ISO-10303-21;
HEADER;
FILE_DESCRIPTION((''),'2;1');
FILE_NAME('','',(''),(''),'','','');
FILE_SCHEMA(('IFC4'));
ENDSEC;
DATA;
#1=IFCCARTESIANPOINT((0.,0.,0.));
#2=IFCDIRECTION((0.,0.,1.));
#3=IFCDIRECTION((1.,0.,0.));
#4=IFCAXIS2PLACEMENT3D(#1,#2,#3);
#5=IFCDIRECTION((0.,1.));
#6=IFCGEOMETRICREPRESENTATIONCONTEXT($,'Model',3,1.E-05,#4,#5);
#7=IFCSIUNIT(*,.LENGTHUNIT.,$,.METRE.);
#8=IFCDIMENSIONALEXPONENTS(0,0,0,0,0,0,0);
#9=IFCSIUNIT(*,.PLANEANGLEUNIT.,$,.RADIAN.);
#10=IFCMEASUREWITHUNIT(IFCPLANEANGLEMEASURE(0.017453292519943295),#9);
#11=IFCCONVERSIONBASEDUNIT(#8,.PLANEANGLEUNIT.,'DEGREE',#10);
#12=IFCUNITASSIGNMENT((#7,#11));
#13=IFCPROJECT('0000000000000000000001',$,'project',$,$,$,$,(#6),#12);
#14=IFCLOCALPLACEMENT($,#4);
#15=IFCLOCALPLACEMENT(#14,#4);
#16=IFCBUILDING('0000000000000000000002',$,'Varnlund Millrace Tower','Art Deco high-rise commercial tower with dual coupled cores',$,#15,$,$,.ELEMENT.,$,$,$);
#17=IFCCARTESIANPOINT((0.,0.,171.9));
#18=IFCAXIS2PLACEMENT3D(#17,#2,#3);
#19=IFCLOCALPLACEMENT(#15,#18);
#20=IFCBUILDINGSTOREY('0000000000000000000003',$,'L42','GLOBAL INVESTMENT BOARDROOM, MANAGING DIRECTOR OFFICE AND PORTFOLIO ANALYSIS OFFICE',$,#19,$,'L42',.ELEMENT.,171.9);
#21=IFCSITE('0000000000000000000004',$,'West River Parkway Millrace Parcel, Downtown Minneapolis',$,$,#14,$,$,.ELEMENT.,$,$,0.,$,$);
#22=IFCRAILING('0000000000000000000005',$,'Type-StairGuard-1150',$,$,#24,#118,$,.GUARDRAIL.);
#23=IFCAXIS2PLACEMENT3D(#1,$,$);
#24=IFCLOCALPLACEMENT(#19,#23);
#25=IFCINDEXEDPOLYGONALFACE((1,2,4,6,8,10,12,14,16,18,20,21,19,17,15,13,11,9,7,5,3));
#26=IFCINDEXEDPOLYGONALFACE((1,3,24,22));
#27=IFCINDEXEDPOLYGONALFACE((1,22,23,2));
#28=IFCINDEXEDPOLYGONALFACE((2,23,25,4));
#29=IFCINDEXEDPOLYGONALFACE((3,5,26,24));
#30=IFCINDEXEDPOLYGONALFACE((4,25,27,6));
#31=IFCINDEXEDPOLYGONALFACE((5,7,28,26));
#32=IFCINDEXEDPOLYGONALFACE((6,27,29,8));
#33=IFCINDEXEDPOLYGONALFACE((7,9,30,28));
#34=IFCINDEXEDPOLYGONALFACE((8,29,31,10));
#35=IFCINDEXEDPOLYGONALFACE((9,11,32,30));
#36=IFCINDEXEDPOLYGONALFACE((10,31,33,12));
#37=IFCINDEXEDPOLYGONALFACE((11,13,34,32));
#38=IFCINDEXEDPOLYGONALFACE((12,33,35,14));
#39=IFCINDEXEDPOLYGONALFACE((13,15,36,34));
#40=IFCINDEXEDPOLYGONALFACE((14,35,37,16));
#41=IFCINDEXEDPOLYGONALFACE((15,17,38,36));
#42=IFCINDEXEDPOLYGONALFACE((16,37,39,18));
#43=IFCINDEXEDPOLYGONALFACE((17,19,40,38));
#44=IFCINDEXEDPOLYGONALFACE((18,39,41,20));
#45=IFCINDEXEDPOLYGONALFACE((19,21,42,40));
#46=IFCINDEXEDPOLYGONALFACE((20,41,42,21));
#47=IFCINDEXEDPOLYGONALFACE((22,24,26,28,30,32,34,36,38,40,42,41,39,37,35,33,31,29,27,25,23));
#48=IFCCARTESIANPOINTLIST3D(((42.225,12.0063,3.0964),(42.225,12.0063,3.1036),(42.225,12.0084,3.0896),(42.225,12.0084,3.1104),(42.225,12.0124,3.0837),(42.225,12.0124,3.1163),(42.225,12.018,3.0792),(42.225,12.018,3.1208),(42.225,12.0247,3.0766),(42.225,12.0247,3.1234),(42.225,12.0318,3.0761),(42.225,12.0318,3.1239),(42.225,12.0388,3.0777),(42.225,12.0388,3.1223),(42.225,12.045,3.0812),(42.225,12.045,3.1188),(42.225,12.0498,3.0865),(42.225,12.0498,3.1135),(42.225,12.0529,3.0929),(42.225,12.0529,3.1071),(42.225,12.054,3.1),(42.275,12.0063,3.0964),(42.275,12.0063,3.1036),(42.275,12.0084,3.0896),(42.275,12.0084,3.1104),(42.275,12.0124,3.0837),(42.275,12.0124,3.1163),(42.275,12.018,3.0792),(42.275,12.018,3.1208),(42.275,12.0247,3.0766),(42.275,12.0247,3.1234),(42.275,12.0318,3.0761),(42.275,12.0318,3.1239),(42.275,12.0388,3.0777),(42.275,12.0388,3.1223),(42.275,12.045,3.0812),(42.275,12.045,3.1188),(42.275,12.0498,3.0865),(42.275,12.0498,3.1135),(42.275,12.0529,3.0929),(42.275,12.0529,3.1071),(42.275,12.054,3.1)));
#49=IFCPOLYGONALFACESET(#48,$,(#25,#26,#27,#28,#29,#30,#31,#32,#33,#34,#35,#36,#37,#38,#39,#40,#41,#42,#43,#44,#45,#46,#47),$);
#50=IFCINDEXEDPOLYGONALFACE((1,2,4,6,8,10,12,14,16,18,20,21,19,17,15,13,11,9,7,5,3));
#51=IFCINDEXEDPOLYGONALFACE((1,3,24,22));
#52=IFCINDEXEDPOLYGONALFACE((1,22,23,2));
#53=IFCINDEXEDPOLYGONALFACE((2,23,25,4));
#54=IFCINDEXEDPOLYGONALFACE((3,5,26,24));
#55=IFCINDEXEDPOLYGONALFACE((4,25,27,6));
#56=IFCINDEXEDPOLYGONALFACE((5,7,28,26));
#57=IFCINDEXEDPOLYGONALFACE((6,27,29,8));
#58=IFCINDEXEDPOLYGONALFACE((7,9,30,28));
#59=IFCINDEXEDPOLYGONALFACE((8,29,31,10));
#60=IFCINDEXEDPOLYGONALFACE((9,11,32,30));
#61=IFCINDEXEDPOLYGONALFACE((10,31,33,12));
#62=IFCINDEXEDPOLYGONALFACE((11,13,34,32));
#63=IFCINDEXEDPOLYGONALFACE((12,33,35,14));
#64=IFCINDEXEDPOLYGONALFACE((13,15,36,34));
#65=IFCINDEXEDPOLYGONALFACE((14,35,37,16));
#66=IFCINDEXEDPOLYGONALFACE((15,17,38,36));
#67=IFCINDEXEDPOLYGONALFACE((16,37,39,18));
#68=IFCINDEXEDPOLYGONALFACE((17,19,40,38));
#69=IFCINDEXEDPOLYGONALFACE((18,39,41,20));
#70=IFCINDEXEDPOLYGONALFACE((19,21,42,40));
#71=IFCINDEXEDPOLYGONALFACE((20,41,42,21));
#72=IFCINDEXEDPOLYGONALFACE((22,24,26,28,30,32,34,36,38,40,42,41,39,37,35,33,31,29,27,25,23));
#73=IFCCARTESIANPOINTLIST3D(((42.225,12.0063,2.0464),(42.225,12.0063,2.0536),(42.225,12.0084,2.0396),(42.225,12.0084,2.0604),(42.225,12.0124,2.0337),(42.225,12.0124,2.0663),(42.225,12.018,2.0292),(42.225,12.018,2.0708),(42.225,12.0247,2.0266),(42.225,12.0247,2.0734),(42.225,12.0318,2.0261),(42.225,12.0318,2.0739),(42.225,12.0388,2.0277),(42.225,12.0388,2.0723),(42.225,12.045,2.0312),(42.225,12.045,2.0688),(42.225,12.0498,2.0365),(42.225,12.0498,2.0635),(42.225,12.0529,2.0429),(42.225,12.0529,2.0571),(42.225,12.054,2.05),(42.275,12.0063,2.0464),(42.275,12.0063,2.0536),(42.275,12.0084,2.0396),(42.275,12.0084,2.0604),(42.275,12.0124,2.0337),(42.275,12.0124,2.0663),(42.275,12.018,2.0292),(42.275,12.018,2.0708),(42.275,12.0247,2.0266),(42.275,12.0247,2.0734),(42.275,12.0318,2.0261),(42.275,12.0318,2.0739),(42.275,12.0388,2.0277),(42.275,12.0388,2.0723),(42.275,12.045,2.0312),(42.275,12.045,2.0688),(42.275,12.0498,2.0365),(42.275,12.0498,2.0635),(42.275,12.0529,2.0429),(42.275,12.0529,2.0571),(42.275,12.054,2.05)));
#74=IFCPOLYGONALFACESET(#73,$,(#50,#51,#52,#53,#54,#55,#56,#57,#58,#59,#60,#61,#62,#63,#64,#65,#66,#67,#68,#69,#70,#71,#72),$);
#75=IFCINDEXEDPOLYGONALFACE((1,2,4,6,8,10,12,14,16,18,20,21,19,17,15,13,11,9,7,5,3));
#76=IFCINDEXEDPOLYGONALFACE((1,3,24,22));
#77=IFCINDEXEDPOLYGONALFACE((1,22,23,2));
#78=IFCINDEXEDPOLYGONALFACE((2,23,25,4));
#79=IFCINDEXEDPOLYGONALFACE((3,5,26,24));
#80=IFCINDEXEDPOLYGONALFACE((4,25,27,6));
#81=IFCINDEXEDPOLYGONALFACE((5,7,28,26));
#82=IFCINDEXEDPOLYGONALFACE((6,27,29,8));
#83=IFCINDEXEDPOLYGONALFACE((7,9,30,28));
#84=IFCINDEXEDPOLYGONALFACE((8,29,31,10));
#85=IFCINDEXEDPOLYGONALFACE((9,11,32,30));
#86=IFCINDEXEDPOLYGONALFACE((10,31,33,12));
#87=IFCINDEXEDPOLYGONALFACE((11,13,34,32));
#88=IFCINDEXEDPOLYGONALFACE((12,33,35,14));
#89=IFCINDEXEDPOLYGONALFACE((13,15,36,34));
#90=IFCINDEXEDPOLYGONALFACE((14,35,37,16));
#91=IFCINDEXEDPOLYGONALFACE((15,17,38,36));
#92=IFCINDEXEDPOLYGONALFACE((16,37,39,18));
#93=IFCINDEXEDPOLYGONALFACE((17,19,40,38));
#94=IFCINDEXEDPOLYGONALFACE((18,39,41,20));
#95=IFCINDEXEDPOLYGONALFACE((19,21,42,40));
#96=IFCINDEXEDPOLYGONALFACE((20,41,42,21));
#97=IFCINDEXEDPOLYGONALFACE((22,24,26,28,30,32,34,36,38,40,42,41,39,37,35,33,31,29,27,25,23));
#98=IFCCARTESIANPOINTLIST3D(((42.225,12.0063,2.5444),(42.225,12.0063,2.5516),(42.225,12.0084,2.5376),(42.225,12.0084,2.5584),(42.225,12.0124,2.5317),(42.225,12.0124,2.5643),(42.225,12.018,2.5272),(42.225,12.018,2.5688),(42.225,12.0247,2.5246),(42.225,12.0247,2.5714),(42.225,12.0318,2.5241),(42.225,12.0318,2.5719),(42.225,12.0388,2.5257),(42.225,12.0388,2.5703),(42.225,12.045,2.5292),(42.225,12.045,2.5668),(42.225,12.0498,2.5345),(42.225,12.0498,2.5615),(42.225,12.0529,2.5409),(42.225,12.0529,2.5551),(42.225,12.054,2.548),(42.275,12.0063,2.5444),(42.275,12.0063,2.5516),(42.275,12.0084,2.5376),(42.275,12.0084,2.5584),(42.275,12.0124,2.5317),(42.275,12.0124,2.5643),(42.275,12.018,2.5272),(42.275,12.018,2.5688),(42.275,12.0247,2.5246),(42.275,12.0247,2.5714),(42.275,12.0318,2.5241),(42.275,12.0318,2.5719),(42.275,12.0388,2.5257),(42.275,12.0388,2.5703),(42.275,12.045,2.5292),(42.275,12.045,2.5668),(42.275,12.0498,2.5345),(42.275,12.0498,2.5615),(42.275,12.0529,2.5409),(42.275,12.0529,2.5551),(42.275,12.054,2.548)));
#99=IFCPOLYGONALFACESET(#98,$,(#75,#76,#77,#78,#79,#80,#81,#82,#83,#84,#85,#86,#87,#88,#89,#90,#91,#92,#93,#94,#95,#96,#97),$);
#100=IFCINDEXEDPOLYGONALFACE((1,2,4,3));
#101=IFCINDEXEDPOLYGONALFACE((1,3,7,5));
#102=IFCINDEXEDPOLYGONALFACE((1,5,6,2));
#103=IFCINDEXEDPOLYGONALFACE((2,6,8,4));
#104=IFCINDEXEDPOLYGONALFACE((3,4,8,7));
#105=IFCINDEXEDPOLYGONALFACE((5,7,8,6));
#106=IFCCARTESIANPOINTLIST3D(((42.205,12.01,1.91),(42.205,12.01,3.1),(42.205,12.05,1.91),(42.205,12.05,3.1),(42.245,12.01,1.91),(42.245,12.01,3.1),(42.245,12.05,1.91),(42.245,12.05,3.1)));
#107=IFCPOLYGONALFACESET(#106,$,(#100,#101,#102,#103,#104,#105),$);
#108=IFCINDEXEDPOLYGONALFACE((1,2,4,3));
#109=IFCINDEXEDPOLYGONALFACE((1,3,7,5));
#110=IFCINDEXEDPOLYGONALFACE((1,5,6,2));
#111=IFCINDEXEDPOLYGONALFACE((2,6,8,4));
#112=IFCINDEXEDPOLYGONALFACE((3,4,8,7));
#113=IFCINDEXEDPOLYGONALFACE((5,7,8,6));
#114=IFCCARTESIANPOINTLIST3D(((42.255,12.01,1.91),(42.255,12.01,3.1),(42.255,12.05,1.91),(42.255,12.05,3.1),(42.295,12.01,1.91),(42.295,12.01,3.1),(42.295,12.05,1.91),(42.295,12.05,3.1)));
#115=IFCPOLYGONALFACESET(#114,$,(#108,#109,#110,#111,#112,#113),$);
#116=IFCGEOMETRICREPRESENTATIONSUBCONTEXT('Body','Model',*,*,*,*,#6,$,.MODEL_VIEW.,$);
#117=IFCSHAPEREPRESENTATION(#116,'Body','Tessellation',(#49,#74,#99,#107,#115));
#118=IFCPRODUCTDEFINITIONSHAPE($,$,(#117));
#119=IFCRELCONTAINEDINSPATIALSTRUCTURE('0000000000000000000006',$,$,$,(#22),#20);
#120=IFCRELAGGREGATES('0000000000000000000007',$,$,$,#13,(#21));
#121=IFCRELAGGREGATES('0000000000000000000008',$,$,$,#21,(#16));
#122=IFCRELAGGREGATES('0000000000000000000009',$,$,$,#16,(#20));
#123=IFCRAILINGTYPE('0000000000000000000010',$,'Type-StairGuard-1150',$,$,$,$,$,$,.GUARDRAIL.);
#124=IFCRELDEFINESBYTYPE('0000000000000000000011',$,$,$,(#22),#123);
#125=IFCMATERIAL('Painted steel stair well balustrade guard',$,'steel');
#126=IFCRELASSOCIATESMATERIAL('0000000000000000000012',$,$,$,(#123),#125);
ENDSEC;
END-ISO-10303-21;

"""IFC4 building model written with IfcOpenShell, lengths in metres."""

from ifc_helpers import new_model, entity, si_unit, converted_unit, direction, frame, origin_with_axes, origin_2d_with_axis, place, context, subcontext, project, spatial, rectangle, circle, extrude, material, type_object, element, save


model = new_model("IFC4")

# Units and contexts
model_context = context("Model", 3, precision=1e-05, world=origin_with_axes(), true_north=direction((0.0, 1.0)))
body_context = subcontext(model_context, "Body", "Model", "MODEL_VIEW")
ifc_project = project(units=[si_unit("LENGTHUNIT", "METRE"), converted_unit("PLANEANGLEUNIT", "DEGREE", entity("IfcPlaneAngleMeasure", 0.017453292519943295), si_unit("PLANEANGLEUNIT", "RADIAN"), dimensions=[0, 0, 0, 0, 0, 0, 0])], contexts=[model_context])

# Site, building, storey
site_placement = place(None, origin_with_axes())
site = spatial("IfcSite", under=ifc_project, at=site_placement, Name="West River Parkway Millrace Parcel, Downtown Minneapolis", CompositionType="ELEMENT", RefElevation=0.0)
building_placement = place(site_placement, origin_with_axes())
building = spatial("IfcBuilding", under=site, at=building_placement, Name="Varnlund Millrace Tower", Description="Art Deco high-rise commercial tower with dual coupled cores", CompositionType="ELEMENT")
storey_placement = place(building_placement, frame((0.0, 0.0, 171.9), z_axis=(0.0, 0.0, 1.0), x_axis=(1.0, 0.0, 0.0)))
storey = spatial("IfcBuildingStorey", under=building, at=storey_placement, Name="L42", Description="GLOBAL INVESTMENT BOARDROOM, MANAGING DIRECTOR OFFICE AND PORTFOLIO ANALYSIS OFFICE", LongName="L42", CompositionType="ELEMENT", Elevation=171.9)

# Railing
ifc_material_1 = material(Name="Painted steel stair well balustrade guard", Category="steel")
railing_type_1 = type_object("IfcRailingType", Name="Type-StairGuard-1150", PredefinedType="GUARDRAIL", material=ifc_material_1)
railing_1_placement = place(storey_placement, frame((0.0, 0.0, -171.9), z_axis=(0.0, 0.0, 1.0), x_axis=(1.0, 0.0, 0.0)))
element("IfcRailing", 1, at=railing_1_placement, inside=storey, type_object=railing_type_1, Name="Type-StairGuard-1150", PredefinedType="GUARDRAIL", context=body_context, shape_type="SweptSolid", body=[
    extrude(circle(Radius=0.024, at=origin_2d_with_axis()), frame((42.225, 12.03, 175.0), z_axis=(1.0, 0.0, 0.0), x_axis=(0.0, 1.0, 0.0)), (0.0, 0.0, 1.0), 0.05),
    extrude(circle(Radius=0.024, at=origin_2d_with_axis()), frame((42.225, 12.03, 173.95), z_axis=(1.0, 0.0, 0.0), x_axis=(0.0, 1.0, 0.0)), (0.0, 0.0, 1.0), 0.05),
    extrude(circle(Radius=0.024, at=origin_2d_with_axis()), frame((42.225, 12.03, 174.448), z_axis=(1.0, 0.0, 0.0), x_axis=(0.0, 1.0, 0.0)), (0.0, 0.0, 1.0), 0.05),
    extrude(rectangle(XDim=0.04, YDim=0.04, at=origin_2d_with_axis()), frame((42.225, 12.03, 173.81), z_axis=(0.0, 0.0, 1.0), x_axis=(1.0, 0.0, 0.0)), (0.0, 0.0, 1.0), 1.19),
    extrude(rectangle(XDim=0.04, YDim=0.04, at=origin_2d_with_axis()), frame((42.275, 12.03, 173.81), z_axis=(0.0, 0.0, 1.0), x_axis=(1.0, 0.0, 0.0)), (0.0, 0.0, 1.0), 1.19),
])

save(model, "model.ifc")
